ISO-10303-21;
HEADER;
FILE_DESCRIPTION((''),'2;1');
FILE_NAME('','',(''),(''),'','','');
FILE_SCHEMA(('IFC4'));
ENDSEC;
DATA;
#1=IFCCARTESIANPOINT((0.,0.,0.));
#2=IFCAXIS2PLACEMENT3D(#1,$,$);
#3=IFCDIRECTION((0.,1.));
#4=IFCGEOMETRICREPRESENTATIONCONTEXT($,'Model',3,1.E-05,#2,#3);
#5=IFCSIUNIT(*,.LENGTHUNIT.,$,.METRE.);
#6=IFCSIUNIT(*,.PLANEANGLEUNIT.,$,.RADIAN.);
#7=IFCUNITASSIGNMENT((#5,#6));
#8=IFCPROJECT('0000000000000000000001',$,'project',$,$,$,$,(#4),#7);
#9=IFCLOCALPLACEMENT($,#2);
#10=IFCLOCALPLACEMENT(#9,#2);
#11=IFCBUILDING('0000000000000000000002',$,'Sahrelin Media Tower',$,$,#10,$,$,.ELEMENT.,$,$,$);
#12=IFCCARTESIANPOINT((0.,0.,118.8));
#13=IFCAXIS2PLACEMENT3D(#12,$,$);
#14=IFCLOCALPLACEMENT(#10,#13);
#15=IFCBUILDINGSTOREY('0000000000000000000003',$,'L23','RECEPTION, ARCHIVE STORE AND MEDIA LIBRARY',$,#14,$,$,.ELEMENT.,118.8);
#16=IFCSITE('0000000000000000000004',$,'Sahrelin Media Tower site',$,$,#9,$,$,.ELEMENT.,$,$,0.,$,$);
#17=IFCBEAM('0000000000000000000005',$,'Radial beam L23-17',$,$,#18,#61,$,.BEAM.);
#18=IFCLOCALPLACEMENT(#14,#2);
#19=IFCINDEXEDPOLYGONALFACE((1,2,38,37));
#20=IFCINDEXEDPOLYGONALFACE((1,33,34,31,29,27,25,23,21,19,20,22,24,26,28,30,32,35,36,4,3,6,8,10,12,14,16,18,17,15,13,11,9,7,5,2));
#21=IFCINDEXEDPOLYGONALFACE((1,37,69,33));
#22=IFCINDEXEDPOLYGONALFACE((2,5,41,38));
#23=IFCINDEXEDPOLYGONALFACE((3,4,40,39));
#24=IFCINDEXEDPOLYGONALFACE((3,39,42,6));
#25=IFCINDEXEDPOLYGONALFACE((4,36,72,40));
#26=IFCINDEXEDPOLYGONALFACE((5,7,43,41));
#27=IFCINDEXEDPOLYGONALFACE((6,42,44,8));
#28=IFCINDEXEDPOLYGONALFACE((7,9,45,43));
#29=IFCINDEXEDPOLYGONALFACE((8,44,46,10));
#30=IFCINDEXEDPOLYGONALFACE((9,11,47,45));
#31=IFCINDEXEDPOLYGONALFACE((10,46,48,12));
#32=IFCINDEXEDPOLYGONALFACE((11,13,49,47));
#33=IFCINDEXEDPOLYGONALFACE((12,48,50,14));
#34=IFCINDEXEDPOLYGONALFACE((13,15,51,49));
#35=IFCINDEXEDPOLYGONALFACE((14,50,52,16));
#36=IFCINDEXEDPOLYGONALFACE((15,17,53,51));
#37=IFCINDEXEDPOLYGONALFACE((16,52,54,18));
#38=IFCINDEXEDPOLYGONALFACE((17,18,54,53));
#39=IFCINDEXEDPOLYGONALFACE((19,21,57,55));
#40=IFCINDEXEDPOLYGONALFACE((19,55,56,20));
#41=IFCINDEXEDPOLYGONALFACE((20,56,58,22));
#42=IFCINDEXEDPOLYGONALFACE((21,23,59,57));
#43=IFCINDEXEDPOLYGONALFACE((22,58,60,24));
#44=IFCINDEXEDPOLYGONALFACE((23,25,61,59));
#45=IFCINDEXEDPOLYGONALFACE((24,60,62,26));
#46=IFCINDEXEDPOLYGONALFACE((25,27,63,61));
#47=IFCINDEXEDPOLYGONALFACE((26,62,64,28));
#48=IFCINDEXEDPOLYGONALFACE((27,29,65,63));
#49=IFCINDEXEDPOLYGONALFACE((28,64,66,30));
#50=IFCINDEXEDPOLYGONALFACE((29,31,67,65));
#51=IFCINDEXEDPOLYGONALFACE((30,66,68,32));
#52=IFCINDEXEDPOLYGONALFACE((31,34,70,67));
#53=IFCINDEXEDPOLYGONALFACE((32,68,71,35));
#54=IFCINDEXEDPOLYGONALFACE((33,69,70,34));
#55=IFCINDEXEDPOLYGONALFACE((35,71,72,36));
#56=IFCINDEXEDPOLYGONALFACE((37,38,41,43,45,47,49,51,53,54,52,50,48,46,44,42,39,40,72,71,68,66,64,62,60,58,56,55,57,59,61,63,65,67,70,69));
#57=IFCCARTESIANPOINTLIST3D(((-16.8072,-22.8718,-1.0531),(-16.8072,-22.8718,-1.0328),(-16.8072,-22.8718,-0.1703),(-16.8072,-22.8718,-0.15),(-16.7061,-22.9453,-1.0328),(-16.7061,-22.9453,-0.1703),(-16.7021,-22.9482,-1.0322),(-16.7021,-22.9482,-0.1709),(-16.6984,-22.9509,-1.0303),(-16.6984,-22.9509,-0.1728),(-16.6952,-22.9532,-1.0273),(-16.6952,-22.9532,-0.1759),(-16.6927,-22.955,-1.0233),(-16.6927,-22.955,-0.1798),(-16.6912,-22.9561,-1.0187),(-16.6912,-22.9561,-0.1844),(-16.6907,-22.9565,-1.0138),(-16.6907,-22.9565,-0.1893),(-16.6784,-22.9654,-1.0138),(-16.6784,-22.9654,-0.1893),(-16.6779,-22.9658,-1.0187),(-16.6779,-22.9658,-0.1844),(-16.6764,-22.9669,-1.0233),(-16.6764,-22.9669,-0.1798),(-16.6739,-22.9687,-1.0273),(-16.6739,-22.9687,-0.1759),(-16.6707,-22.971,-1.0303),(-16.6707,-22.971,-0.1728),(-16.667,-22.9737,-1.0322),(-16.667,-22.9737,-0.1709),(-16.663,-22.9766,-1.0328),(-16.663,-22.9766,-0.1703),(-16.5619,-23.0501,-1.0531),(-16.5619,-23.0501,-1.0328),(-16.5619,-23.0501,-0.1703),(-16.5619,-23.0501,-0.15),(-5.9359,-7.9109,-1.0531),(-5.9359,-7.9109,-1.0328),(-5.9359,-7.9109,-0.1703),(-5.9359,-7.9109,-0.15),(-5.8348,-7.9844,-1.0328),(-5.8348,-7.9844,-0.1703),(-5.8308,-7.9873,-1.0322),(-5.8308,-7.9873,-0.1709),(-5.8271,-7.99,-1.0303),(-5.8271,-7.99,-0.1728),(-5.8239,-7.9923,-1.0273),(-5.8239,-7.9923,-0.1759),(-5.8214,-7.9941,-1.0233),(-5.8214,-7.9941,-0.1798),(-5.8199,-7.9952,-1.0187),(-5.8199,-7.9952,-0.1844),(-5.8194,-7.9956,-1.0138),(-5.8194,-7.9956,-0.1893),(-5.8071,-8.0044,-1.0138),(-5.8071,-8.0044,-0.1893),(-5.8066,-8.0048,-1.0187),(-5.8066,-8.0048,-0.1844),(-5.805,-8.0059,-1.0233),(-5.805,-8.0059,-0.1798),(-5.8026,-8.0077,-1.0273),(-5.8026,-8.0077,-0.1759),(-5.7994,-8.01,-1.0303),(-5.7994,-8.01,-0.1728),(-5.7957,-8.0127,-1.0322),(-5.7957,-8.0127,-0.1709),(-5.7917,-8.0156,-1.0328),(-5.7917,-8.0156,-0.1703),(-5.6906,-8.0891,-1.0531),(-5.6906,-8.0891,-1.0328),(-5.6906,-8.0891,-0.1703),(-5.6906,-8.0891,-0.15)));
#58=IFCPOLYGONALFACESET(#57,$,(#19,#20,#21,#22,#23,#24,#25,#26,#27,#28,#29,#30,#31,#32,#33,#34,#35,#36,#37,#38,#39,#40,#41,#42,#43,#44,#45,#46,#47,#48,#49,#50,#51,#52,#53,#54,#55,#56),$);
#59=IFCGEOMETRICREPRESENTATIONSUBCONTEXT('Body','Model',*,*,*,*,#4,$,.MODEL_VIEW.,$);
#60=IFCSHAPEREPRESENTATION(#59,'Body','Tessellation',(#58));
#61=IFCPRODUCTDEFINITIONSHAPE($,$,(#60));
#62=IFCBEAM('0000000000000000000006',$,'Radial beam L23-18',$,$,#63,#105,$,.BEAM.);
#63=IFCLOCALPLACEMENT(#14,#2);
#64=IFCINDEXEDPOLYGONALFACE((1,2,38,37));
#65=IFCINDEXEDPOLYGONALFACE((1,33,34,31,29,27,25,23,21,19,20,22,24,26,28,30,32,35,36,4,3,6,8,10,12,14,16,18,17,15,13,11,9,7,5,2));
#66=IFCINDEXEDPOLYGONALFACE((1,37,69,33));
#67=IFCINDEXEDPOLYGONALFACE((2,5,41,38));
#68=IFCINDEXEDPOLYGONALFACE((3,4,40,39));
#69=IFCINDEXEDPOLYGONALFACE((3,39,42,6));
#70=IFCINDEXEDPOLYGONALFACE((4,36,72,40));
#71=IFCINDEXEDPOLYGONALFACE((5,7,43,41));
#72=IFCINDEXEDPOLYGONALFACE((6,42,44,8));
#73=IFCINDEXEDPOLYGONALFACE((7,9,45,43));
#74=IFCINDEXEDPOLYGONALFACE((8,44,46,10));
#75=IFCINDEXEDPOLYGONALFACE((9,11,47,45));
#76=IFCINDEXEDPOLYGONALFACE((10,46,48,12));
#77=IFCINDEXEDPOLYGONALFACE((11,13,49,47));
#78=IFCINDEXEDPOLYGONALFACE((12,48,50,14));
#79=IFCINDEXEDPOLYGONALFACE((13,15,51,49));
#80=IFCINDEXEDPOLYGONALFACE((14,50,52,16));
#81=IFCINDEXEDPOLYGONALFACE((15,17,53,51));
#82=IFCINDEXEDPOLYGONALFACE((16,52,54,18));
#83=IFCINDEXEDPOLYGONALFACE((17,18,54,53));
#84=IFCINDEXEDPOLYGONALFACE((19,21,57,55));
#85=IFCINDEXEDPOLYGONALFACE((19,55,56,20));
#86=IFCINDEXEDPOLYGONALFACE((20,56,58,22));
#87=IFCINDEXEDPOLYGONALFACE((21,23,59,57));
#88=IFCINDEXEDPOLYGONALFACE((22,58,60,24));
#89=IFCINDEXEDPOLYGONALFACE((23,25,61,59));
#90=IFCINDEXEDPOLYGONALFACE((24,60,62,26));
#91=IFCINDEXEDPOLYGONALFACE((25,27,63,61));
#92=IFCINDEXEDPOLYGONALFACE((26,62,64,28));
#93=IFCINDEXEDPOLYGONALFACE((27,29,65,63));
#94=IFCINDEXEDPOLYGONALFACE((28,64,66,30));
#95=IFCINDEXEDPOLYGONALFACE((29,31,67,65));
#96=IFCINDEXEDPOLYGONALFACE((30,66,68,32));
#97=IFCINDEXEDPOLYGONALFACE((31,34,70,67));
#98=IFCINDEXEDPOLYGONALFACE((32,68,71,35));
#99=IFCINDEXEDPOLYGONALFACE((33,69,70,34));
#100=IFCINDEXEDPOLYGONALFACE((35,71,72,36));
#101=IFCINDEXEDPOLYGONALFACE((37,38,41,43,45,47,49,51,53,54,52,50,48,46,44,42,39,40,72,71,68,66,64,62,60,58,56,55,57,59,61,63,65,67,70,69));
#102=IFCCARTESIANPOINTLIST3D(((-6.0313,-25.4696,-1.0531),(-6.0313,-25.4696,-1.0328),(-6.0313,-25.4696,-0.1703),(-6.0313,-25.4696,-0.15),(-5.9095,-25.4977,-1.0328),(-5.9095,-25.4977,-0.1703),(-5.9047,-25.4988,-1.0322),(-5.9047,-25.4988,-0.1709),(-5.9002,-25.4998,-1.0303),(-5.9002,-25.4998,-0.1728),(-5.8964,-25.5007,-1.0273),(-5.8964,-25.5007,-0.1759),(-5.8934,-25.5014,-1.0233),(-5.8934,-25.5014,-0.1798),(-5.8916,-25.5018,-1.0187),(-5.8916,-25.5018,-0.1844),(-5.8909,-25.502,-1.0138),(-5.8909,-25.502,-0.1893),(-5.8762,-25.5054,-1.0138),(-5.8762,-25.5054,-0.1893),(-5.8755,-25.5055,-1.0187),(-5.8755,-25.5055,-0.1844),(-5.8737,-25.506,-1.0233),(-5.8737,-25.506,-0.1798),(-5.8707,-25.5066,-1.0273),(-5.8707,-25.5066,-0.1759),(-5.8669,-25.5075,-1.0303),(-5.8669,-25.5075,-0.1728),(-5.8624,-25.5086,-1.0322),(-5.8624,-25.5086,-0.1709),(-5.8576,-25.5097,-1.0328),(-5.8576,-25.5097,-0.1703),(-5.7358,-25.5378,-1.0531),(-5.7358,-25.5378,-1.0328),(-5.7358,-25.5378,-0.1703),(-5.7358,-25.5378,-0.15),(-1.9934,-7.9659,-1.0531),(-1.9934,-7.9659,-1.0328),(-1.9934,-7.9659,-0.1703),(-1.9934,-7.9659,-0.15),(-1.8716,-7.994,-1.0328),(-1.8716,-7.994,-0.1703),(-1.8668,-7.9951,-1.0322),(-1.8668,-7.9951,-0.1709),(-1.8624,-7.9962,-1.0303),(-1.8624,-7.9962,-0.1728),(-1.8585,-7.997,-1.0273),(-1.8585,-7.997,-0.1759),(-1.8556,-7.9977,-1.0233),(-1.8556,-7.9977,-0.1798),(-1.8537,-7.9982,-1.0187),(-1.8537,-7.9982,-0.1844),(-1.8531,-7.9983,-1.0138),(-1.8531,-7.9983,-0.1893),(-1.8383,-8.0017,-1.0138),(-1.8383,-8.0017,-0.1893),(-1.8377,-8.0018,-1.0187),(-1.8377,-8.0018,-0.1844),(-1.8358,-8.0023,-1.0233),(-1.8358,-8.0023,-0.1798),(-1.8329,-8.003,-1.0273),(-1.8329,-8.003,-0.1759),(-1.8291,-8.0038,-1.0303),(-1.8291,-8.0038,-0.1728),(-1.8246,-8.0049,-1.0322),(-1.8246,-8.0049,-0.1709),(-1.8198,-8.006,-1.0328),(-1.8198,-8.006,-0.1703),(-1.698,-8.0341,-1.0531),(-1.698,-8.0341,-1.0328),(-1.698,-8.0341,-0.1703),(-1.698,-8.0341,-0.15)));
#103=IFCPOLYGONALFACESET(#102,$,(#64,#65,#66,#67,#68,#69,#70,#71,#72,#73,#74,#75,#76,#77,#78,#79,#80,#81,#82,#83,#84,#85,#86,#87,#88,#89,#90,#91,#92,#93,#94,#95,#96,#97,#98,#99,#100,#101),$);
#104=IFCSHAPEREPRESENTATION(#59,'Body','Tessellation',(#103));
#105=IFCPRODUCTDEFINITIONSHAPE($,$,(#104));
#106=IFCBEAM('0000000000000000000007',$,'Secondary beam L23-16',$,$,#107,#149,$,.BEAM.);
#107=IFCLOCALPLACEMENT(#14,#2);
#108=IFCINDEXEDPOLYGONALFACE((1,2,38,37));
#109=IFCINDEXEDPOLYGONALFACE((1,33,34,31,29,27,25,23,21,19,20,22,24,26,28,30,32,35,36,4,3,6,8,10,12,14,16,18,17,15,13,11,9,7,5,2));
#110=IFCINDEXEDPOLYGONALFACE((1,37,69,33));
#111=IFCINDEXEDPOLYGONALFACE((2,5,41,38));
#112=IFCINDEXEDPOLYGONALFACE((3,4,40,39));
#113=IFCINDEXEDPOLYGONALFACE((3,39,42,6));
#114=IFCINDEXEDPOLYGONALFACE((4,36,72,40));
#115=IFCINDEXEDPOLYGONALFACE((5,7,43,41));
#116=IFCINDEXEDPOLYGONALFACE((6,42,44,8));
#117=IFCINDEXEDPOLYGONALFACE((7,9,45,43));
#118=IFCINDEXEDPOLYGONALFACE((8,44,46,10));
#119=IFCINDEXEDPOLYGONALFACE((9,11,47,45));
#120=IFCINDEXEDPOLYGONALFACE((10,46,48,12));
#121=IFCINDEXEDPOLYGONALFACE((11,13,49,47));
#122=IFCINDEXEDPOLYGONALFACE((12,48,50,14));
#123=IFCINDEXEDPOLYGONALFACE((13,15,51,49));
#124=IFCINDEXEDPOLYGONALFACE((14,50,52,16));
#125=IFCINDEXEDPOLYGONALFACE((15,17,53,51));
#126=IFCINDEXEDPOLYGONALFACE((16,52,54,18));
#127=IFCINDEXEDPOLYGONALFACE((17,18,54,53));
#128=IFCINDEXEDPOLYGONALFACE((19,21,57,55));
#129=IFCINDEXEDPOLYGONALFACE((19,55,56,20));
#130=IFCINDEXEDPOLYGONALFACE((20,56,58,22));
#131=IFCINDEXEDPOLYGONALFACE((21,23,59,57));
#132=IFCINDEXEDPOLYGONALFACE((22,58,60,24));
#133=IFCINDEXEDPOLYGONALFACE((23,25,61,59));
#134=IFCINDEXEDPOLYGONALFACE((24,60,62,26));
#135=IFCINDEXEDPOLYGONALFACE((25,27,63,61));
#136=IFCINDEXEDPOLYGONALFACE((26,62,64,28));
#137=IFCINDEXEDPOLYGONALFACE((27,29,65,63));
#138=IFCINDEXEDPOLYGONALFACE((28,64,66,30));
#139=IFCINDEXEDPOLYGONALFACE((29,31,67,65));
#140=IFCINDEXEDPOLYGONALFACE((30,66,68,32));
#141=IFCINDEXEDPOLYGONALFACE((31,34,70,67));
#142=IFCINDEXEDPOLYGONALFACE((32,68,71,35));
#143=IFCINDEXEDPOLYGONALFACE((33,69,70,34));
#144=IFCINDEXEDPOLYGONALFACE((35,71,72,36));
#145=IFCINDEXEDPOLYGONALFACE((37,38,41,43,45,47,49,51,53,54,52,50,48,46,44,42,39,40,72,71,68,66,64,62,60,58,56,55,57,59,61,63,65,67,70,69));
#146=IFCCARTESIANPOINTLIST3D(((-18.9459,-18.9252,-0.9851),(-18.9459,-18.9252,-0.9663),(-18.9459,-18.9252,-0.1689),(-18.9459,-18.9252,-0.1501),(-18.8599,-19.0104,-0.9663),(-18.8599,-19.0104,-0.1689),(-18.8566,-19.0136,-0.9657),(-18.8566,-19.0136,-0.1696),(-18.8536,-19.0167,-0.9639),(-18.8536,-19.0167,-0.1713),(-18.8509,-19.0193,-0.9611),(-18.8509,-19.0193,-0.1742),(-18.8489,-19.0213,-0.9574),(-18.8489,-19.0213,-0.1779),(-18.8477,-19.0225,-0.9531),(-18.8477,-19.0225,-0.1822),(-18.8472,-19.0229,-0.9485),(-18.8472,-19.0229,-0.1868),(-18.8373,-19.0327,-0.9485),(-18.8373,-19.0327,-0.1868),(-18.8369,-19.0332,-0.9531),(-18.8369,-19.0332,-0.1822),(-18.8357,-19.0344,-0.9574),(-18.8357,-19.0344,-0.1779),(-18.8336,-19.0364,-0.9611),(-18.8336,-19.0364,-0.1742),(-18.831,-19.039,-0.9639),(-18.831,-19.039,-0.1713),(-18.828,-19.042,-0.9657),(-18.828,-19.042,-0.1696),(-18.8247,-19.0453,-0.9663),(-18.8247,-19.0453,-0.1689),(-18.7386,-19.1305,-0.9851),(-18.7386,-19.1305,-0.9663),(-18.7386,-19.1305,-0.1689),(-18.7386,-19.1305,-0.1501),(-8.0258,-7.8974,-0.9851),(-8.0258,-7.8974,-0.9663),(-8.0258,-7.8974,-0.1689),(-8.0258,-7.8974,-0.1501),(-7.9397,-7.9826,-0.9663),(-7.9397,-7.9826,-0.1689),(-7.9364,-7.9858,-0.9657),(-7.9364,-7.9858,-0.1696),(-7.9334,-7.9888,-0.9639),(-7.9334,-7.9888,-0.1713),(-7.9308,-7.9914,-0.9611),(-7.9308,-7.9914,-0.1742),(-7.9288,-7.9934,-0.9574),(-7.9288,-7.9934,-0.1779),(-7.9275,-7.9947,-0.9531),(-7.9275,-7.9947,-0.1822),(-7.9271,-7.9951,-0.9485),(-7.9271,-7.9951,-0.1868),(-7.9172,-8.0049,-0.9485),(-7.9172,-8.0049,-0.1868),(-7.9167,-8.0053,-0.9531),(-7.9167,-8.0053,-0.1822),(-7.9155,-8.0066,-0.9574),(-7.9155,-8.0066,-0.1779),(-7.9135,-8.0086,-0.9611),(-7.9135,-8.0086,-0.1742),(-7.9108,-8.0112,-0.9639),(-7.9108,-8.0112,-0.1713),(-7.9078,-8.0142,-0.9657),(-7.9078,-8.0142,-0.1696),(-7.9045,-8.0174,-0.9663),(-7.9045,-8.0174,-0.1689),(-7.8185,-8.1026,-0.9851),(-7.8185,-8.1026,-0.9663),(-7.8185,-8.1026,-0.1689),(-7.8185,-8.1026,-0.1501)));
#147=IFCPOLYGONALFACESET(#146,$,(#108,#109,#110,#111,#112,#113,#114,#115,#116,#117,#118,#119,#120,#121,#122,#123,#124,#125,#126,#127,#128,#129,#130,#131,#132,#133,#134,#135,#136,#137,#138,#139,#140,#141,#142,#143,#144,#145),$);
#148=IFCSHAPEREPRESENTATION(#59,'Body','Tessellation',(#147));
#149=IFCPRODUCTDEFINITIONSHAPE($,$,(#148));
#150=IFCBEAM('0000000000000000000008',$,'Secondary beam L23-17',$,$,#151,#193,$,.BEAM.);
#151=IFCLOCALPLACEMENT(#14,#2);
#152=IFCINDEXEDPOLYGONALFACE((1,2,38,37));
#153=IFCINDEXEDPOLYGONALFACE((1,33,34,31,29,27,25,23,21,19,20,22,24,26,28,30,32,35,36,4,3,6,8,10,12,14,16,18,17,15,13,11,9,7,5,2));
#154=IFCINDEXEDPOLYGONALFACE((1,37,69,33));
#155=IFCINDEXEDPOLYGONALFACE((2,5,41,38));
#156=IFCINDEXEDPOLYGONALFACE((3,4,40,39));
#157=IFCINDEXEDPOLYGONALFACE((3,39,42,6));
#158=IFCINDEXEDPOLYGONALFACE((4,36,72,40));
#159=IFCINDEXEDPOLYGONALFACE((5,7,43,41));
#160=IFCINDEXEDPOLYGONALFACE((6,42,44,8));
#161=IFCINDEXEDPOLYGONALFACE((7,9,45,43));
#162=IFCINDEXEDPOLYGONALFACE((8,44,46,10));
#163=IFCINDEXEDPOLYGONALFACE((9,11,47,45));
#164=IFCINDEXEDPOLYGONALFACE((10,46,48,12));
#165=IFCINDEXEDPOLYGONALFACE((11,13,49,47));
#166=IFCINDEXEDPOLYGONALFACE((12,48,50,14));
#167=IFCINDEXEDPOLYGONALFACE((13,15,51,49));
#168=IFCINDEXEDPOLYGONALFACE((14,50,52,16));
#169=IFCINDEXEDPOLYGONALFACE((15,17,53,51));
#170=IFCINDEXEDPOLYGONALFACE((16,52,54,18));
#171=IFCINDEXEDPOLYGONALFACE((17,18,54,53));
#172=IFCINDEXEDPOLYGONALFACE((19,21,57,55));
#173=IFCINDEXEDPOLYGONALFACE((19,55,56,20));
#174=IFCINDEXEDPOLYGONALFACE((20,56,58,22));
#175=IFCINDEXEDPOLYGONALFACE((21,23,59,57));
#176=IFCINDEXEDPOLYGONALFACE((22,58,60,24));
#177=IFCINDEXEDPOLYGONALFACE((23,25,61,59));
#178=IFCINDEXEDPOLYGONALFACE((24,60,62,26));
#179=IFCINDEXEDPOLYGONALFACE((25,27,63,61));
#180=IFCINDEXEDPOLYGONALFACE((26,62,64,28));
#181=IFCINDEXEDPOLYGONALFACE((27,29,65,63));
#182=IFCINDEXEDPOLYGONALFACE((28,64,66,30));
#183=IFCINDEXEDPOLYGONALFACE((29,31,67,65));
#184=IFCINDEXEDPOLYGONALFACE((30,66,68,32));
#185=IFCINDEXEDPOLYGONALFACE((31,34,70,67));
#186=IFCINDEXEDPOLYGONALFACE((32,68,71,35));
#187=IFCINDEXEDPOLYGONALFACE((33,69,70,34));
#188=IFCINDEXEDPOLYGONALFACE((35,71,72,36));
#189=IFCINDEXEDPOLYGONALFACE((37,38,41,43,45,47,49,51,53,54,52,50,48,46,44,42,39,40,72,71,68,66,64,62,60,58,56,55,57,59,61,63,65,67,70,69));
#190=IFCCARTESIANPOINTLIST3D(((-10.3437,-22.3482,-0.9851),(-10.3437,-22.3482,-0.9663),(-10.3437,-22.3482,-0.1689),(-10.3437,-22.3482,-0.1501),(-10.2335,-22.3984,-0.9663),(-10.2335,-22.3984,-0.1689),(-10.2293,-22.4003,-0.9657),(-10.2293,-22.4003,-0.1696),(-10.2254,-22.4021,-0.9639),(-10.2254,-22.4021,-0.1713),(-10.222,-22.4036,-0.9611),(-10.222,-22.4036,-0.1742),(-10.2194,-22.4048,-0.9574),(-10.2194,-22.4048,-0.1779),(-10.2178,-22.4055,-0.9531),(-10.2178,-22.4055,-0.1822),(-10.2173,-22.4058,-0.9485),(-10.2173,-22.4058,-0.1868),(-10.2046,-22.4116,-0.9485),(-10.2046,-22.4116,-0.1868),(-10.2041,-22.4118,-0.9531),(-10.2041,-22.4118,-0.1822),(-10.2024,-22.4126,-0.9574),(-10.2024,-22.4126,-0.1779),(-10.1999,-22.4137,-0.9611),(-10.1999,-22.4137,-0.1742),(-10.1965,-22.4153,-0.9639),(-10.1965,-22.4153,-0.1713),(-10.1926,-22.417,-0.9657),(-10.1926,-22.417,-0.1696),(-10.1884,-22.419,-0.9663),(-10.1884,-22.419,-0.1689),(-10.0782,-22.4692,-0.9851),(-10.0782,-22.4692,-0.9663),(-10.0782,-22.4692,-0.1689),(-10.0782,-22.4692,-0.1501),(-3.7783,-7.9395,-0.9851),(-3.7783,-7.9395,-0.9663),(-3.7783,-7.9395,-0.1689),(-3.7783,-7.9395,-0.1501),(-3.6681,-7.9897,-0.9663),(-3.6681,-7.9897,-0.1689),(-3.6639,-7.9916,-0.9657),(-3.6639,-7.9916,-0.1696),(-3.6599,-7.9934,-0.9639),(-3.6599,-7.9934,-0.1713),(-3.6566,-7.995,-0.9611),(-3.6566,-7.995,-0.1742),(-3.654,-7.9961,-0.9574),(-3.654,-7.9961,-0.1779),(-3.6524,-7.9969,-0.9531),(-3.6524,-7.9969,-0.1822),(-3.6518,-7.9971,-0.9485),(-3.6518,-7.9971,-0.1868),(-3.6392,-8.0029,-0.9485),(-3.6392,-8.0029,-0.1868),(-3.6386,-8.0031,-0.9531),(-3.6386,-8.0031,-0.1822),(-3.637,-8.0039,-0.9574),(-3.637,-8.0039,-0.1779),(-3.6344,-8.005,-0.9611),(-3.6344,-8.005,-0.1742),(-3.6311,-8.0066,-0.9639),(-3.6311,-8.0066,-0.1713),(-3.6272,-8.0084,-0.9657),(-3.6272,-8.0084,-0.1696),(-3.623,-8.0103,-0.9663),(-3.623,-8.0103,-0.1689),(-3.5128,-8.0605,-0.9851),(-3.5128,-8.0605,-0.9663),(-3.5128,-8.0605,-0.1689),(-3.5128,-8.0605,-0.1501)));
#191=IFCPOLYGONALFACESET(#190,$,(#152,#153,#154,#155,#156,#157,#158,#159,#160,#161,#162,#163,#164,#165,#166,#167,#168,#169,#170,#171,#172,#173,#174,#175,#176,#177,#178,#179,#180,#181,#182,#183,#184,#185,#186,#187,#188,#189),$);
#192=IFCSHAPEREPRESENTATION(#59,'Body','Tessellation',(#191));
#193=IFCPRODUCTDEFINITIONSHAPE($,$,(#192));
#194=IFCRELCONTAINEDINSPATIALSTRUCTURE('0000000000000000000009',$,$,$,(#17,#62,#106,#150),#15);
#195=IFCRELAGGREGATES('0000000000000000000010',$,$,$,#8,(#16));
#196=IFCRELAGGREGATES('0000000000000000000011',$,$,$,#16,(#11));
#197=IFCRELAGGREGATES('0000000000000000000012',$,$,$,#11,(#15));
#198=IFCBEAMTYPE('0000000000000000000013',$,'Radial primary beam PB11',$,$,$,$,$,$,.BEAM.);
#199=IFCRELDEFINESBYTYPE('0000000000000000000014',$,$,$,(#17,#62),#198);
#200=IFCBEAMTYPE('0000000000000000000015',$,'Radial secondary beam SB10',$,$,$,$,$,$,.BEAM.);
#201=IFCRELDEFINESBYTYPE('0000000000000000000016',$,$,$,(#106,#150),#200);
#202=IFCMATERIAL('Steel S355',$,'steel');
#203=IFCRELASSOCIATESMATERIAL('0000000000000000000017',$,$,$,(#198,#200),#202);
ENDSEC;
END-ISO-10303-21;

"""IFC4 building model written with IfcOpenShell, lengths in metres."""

from ifc_helpers import new_model, si_unit, direction, frame, origin, origin_2d, place, context, subcontext, project, spatial, i_section, extrude, material, material_profile, profile_set, type_object, element, save


model = new_model("IFC4")

# Units and contexts
model_context = context("Model", 3, precision=1e-05, world=origin(), true_north=direction((0.0, 1.0)))
body_context = subcontext(model_context, "Body", "Model", "MODEL_VIEW")
ifc_project = project(units=[si_unit("LENGTHUNIT", "METRE"), si_unit("PLANEANGLEUNIT", "RADIAN")], contexts=[model_context])

# Site, building, storey
site_placement = place(None, origin())
site = spatial("IfcSite", under=ifc_project, at=site_placement, Name="Sahrelin Media Tower site", CompositionType="ELEMENT", RefElevation=0.0)
building_placement = place(site_placement, origin())
building = spatial("IfcBuilding", under=site, at=building_placement, Name="Sahrelin Media Tower", CompositionType="ELEMENT")
storey_placement = place(building_placement, frame((0.0, 0.0, 118.8)))
storey = spatial("IfcBuildingStorey", under=building, at=storey_placement, Name="L23", Description="RECEPTION, ARCHIVE STORE AND MEDIA LIBRARY", CompositionType="ELEMENT", Elevation=118.8)

# Shared definitions
ifc_material_1 = material(Name="Steel S355", Category="steel")

# Beams
ifc_material_profile_1 = material_profile(ifc_material_1, i_section(OverallWidth=0.3032, OverallDepth=0.9031, WebThickness=0.0151, FlangeThickness=0.0203, FilletRadius=0.019, at=origin_2d()), Name="UB 914x305x201")
ifc_profile_set_1 = profile_set([ifc_material_profile_1], Name="Steel S355")
beam_type_1 = type_object("IfcBeamType", Name="Radial primary beam PB11", PredefinedType="BEAM", material=ifc_profile_set_1)
beam_1_placement = place(storey_placement, frame((-5.8132, -8.0, -0.6016), z_axis=(-0.587841, -0.808976, 0.0), x_axis=(0.808976, -0.587841, 0.0)))
element("IfcBeam", 1, at=beam_1_placement, inside=storey, type_object=beam_type_1, Name="Radial beam L23-17", PredefinedType="BEAM", context=body_context, shape_type="SweptSolid", body=[
    extrude(i_section(OverallWidth=0.3032, OverallDepth=0.9031, WebThickness=0.0151, FlangeThickness=0.0203, FilletRadius=0.019, at=origin_2d()), origin(), (0.0, 0.0, 1.0), 18.4937),
])
beam_2_placement = place(storey_placement, frame((-1.8457, -8.0, -0.6016), z_axis=(-0.224782, -0.974409, 0.0), x_axis=(0.974409, -0.224782, 0.0)))
element("IfcBeam", 2, at=beam_2_placement, inside=storey, type_object=beam_type_1, Name="Radial beam L23-18", PredefinedType="BEAM", context=body_context, shape_type="SweptSolid", body=[
    extrude(i_section(OverallWidth=0.3032, OverallDepth=0.9031, WebThickness=0.0151, FlangeThickness=0.0203, FilletRadius=0.019, at=origin_2d()), origin(), (0.0, 0.0, 1.0), 17.9634),
])
ifc_material_profile_2 = material_profile(ifc_material_1, i_section(OverallWidth=0.2917, OverallDepth=0.835, WebThickness=0.0139, FlangeThickness=0.0188, FilletRadius=0.0178, at=origin_2d()), Name="UB 838x292x176")
ifc_profile_set_2 = profile_set([ifc_material_profile_2], Name="Steel S355")
beam_type_2 = type_object("IfcBeamType", Name="Radial secondary beam SB10", PredefinedType="BEAM", material=ifc_profile_set_2)
beam_3_placement = place(storey_placement, frame((-7.9221, -8.0, -0.5676), z_axis=(-0.70363, -0.710567, 0.0), x_axis=(0.710567, -0.70363, 0.0)))
element("IfcBeam", 3, at=beam_3_placement, inside=storey, type_object=beam_type_2, Name="Secondary beam L23-16", PredefinedType="BEAM", context=body_context, shape_type="SweptSolid", body=[
    extrude(i_section(OverallWidth=0.2917, OverallDepth=0.835, WebThickness=0.0139, FlangeThickness=0.0188, FilletRadius=0.0178, at=origin_2d()), origin(), (0.0, 0.0, 1.0), 15.5198),
])
beam_4_placement = place(storey_placement, frame((-3.6455, -8.0, -0.5676), z_axis=(-0.414642, -0.909985, 0.0), x_axis=(0.909985, -0.414642, 0.0)))
element("IfcBeam", 4, at=beam_4_placement, inside=storey, type_object=beam_type_2, Name="Secondary beam L23-17", PredefinedType="BEAM", context=body_context, shape_type="SweptSolid", body=[
    extrude(i_section(OverallWidth=0.2917, OverallDepth=0.835, WebThickness=0.0139, FlangeThickness=0.0188, FilletRadius=0.0178, at=origin_2d()), origin(), (0.0, 0.0, 1.0), 15.834),
])

save(model, "model.ifc")
